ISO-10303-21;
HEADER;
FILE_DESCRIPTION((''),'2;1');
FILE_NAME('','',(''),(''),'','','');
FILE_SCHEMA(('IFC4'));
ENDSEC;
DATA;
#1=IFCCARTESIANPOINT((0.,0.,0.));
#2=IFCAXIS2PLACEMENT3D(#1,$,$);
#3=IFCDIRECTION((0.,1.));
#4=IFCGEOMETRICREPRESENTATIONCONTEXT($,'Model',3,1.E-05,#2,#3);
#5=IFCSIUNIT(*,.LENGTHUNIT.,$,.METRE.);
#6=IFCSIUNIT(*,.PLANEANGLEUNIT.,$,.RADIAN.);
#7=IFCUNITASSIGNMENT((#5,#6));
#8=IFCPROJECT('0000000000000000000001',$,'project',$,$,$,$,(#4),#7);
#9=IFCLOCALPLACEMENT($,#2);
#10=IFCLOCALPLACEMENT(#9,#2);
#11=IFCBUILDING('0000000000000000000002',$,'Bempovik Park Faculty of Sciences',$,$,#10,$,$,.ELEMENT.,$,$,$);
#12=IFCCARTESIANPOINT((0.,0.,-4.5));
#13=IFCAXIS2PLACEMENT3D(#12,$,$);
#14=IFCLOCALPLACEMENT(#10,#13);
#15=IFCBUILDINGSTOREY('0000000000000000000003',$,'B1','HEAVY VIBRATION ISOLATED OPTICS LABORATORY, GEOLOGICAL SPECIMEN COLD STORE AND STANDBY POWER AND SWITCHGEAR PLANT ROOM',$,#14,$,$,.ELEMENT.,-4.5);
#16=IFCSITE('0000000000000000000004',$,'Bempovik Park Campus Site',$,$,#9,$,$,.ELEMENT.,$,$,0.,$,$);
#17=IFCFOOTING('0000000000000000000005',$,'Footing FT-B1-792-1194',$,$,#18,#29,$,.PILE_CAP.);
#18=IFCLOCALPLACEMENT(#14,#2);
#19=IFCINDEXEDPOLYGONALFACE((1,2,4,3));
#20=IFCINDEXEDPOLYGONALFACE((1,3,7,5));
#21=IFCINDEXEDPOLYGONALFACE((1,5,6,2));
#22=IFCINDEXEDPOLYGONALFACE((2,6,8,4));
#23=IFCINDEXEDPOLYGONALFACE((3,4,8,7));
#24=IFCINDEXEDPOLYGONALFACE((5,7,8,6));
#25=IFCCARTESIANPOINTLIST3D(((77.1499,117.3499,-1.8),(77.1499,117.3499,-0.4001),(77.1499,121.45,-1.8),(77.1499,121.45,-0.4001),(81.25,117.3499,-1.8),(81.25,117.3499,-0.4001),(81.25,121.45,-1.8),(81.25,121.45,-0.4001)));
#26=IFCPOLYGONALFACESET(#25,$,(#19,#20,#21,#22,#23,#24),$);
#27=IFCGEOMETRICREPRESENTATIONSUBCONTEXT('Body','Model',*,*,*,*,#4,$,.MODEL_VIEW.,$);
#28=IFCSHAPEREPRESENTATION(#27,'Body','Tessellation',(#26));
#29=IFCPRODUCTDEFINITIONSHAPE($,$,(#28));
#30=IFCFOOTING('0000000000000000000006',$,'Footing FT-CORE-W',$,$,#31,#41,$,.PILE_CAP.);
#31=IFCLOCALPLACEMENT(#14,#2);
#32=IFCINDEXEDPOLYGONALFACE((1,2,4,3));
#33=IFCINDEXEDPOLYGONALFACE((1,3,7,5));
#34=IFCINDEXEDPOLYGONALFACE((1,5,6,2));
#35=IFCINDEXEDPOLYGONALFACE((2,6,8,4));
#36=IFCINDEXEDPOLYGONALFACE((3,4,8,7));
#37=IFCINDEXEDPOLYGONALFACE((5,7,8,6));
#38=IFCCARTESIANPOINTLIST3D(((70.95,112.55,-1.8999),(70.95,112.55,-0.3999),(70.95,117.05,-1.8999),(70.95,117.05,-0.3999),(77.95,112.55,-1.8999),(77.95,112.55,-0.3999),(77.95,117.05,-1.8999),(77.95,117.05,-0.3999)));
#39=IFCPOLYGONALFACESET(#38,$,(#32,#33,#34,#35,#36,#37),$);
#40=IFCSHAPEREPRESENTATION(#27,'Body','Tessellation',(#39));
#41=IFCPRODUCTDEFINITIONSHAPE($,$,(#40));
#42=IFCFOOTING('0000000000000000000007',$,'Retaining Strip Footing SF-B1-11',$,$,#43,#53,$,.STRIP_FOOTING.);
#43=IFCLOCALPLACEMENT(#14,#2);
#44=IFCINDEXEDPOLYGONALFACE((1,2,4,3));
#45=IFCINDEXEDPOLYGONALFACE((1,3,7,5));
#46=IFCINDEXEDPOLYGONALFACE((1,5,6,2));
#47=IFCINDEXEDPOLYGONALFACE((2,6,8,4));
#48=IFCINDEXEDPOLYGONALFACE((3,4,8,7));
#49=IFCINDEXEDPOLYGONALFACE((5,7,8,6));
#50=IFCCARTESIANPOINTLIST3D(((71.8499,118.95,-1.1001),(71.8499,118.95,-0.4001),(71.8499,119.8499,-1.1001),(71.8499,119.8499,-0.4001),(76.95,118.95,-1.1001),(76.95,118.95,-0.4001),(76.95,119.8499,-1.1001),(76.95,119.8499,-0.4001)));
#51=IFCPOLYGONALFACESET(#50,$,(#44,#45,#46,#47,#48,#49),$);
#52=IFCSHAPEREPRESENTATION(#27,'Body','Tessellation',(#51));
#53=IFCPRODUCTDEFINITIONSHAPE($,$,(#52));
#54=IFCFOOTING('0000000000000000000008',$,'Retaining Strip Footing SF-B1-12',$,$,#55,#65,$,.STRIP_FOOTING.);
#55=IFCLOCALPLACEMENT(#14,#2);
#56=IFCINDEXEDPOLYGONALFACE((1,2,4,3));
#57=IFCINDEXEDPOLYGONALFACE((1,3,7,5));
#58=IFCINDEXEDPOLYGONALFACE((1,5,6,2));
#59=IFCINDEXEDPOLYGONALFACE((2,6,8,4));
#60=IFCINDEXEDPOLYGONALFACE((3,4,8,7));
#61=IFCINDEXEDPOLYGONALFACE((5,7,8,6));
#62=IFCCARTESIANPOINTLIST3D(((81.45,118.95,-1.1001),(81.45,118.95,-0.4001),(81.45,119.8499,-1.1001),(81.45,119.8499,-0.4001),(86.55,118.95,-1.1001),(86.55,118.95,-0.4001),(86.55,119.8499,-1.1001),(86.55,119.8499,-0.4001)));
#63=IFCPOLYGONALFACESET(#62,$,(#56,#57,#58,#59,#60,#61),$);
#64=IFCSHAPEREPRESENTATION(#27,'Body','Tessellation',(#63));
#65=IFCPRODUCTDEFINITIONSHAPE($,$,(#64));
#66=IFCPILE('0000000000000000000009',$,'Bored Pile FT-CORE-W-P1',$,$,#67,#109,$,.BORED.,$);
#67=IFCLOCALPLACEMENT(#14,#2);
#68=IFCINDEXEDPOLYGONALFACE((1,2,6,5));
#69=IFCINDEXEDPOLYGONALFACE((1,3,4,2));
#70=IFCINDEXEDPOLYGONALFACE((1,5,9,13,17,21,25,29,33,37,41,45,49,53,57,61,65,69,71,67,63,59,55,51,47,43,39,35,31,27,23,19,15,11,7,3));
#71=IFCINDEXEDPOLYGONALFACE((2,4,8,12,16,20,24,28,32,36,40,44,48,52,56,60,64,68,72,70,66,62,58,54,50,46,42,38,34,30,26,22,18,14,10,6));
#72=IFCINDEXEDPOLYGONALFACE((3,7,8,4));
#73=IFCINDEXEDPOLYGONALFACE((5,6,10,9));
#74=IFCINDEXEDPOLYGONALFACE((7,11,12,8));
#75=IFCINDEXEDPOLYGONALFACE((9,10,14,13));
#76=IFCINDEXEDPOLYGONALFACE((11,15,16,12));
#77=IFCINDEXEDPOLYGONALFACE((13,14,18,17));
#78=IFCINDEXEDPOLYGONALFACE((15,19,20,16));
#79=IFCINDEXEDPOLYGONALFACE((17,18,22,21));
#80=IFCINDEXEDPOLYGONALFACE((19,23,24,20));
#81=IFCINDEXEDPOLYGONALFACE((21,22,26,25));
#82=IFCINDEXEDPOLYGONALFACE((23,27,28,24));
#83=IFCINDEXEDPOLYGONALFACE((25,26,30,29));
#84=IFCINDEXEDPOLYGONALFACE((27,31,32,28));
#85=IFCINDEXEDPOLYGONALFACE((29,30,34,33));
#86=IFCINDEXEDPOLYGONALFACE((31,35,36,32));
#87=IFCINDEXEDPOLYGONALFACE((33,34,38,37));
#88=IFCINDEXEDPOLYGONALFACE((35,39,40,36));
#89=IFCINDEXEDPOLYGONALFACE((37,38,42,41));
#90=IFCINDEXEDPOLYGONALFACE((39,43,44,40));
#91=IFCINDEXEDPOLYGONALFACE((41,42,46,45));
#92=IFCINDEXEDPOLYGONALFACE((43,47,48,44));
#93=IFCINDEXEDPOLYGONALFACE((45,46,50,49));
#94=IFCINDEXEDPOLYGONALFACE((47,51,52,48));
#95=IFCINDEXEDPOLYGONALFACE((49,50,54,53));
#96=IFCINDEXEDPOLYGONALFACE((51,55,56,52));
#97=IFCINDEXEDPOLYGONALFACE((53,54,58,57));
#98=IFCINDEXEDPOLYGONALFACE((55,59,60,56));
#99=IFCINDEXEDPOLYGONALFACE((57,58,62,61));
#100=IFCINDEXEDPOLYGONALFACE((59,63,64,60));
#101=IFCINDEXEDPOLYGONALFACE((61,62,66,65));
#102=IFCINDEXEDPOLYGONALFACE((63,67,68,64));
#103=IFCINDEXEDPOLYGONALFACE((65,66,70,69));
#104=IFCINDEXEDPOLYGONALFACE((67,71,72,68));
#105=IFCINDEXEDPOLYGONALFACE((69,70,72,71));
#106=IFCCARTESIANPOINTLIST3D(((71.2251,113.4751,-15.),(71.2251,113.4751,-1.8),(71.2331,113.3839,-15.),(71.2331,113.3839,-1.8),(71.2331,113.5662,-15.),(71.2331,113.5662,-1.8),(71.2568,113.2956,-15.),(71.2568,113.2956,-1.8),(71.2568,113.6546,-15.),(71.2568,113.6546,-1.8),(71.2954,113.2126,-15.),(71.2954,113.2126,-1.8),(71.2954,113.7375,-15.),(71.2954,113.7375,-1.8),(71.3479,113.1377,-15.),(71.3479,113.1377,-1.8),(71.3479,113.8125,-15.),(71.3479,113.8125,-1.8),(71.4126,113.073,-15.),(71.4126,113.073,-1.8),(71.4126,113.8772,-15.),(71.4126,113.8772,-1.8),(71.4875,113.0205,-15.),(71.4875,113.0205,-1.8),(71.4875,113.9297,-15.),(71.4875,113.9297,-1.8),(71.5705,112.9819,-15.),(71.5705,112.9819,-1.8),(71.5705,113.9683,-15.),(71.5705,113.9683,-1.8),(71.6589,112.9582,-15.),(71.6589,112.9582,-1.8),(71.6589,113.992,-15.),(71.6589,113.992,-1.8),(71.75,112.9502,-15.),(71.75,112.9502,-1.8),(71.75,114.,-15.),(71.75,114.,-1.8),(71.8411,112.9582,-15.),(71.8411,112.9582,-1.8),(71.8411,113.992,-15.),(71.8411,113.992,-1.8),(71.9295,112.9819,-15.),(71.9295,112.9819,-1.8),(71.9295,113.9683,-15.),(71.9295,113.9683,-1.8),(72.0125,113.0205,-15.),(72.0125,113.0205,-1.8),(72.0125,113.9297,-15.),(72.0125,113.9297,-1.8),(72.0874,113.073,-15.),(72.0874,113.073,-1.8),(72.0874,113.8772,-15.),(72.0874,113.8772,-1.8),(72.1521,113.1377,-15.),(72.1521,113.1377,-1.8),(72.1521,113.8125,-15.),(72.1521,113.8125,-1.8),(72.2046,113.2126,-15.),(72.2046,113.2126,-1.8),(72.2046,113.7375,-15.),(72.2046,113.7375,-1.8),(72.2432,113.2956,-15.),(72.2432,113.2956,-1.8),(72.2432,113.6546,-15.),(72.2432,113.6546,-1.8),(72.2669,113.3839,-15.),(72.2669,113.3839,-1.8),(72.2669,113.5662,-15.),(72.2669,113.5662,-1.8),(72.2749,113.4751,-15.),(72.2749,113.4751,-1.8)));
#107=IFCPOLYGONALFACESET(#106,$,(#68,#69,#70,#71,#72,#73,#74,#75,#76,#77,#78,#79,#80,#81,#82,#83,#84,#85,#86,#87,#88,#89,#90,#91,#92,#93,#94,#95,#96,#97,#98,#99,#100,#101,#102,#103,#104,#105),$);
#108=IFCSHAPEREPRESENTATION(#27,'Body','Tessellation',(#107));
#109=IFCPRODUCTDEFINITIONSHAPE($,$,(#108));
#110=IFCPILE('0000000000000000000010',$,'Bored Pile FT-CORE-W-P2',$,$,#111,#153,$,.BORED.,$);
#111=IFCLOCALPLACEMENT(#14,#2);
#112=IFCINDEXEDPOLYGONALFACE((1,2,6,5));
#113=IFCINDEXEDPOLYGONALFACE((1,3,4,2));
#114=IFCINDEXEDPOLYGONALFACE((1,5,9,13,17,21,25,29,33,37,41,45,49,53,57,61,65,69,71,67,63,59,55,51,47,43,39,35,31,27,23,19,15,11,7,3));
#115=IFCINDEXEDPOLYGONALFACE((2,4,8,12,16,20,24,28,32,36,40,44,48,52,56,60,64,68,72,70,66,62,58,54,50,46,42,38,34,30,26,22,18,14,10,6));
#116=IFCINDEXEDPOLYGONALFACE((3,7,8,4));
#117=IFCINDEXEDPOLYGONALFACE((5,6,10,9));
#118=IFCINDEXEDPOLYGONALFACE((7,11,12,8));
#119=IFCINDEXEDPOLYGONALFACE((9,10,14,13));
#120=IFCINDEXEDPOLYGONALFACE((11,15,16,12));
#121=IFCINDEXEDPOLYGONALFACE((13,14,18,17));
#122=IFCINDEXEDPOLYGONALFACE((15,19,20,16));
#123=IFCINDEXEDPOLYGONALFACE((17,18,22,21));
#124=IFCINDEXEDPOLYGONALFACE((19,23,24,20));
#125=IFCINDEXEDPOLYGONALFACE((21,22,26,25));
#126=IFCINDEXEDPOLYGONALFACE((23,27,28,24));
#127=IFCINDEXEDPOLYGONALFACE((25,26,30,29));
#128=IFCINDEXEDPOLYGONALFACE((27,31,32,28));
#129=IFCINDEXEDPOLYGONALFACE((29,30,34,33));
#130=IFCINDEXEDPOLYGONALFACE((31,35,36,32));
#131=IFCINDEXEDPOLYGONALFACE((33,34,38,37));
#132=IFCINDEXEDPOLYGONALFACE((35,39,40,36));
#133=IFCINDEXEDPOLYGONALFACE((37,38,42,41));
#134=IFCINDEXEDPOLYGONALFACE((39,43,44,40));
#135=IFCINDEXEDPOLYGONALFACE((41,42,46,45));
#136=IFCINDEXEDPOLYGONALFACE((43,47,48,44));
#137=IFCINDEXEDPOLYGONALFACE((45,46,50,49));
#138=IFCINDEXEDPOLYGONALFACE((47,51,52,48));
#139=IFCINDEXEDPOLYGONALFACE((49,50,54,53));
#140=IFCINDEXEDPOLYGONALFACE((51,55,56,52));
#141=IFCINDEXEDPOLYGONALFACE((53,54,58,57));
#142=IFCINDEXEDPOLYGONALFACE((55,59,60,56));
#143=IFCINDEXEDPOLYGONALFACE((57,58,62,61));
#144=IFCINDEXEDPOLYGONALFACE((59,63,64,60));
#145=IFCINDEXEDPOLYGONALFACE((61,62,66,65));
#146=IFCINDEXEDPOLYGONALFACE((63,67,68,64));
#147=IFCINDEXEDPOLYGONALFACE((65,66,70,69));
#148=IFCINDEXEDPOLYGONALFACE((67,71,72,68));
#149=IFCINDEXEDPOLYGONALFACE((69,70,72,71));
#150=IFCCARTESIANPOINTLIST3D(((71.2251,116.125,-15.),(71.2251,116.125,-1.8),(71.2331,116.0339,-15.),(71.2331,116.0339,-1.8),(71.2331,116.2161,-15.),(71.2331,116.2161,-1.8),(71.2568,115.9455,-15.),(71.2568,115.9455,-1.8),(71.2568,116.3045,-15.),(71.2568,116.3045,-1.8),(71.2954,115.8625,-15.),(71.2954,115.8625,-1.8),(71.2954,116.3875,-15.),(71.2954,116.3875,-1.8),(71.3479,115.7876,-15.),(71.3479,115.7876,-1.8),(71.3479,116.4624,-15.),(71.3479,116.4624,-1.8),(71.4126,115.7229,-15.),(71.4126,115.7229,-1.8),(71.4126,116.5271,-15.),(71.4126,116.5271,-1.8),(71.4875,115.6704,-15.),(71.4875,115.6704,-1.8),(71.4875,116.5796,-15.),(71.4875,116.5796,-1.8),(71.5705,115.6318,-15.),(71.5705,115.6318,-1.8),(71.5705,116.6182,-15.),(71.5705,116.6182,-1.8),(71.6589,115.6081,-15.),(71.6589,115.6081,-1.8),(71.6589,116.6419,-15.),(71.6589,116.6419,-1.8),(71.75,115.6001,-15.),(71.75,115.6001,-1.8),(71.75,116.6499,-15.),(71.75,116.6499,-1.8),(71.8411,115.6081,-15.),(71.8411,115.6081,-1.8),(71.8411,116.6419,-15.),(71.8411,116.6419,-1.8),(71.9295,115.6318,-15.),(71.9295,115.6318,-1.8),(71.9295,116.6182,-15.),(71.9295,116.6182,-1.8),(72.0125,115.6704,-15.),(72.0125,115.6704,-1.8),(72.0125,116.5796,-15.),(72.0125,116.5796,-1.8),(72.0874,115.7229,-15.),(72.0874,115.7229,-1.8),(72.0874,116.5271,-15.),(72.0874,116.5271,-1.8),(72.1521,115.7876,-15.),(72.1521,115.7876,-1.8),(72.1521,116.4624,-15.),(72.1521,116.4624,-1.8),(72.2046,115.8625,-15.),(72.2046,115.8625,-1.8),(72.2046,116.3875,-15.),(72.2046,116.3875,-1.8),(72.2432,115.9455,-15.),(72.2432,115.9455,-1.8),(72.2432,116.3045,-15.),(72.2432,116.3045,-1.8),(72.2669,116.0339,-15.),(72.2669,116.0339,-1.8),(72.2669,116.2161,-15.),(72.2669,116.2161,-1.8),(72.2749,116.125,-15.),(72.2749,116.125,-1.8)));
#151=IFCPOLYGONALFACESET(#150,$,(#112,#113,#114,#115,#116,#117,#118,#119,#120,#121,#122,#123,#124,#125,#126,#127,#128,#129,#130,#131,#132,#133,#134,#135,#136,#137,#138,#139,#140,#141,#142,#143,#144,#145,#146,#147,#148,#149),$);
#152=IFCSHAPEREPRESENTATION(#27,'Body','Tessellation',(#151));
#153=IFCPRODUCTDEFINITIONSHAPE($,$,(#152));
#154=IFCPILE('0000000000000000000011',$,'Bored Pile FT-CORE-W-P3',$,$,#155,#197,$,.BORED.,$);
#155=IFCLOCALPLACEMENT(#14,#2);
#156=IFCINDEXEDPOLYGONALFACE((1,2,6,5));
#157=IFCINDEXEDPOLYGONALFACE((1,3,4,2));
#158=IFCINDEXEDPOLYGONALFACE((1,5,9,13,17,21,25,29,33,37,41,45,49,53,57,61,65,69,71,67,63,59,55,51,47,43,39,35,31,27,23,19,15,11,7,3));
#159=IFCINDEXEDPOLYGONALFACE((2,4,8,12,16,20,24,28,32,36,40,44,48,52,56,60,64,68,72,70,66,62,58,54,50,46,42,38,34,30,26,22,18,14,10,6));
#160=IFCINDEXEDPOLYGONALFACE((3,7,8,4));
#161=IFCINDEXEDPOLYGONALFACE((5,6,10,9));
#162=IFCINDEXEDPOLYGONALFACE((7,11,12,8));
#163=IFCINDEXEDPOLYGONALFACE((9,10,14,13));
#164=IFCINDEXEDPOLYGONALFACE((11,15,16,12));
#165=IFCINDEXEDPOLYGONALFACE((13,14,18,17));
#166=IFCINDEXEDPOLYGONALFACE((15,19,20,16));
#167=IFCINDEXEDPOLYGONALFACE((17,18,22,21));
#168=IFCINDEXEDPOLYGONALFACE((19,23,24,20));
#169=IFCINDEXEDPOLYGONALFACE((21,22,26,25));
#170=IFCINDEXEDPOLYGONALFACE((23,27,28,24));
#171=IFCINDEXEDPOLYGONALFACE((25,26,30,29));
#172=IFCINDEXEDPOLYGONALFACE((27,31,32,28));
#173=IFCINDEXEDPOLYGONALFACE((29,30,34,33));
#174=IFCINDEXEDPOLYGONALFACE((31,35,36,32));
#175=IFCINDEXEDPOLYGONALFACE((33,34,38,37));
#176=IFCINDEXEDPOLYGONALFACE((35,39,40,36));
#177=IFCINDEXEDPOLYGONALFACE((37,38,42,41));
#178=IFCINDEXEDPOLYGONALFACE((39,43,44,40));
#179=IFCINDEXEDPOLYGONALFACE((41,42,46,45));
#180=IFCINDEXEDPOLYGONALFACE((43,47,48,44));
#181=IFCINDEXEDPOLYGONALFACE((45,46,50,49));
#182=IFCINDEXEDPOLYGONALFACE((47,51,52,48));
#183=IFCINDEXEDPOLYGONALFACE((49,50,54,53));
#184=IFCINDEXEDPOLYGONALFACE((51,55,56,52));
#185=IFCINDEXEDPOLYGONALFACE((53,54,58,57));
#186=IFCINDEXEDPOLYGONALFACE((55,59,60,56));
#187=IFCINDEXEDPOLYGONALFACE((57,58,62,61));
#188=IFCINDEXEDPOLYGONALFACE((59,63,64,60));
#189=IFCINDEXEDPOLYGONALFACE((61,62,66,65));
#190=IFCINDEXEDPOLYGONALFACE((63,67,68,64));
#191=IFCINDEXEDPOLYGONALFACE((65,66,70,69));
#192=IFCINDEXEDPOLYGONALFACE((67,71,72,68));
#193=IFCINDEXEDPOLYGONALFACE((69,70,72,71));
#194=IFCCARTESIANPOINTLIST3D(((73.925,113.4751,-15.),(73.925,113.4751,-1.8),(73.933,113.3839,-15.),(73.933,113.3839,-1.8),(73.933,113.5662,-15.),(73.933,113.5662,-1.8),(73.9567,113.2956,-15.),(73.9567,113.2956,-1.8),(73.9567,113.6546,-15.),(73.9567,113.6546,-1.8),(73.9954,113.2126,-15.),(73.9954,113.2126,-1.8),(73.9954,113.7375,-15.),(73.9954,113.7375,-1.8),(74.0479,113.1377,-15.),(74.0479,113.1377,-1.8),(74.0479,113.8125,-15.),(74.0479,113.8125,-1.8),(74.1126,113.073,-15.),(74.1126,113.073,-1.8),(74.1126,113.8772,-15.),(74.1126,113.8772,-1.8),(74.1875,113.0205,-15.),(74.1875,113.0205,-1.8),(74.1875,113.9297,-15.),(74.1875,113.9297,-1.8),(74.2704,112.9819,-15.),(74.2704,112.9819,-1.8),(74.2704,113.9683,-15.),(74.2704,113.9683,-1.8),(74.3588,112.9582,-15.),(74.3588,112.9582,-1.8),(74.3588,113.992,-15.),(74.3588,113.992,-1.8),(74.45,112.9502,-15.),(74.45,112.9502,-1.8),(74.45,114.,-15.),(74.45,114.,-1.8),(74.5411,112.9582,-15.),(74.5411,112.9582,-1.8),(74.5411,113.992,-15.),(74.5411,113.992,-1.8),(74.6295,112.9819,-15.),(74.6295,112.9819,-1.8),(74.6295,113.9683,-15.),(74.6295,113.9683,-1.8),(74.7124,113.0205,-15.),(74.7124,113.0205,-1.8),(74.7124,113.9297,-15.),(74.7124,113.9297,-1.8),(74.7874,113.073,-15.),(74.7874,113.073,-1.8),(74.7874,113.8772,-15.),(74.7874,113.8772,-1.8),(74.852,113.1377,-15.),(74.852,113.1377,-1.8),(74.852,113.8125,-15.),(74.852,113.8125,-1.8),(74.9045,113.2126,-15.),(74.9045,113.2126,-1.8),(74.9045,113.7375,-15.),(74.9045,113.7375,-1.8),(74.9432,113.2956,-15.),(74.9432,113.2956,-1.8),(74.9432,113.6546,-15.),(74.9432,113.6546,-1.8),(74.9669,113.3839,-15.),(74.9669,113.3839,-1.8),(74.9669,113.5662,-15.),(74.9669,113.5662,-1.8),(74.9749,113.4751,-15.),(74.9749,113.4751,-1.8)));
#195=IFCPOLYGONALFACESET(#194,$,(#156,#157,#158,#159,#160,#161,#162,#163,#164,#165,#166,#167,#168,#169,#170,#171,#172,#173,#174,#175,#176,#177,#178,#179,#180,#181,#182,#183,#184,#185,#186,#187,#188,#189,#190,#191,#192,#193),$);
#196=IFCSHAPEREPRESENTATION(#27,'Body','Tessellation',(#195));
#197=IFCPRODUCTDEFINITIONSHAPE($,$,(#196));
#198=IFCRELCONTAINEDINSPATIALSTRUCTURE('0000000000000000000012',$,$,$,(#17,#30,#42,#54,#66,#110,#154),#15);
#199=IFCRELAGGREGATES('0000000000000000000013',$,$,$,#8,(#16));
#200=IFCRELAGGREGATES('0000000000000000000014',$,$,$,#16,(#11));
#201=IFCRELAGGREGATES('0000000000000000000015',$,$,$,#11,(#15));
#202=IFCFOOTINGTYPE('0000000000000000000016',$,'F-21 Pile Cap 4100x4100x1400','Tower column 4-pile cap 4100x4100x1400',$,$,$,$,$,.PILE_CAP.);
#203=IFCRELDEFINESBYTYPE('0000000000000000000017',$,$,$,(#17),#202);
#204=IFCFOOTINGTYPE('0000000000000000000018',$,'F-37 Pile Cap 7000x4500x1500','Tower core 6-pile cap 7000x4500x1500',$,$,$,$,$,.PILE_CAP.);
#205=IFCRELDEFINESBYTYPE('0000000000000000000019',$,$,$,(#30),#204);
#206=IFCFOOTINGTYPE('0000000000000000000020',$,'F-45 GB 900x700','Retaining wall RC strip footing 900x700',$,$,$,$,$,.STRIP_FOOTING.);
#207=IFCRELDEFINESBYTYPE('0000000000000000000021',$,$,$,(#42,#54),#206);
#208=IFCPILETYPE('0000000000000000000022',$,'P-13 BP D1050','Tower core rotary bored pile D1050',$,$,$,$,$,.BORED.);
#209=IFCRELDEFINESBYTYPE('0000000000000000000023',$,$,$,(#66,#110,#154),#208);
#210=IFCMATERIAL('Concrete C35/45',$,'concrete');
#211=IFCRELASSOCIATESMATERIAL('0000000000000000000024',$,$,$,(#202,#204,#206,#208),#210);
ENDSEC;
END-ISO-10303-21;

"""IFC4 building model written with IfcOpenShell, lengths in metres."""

from ifc_helpers import new_model, si_unit, direction, frame, origin, origin_2d, place, context, subcontext, project, spatial, rectangle, circle, extrude, material, material_profile, profile_set, type_object, element, save


model = new_model("IFC4")

# Units and contexts
model_context = context("Model", 3, precision=1e-05, world=origin(), true_north=direction((0.0, 1.0)))
body_context = subcontext(model_context, "Body", "Model", "MODEL_VIEW")
ifc_project = project(units=[si_unit("LENGTHUNIT", "METRE"), si_unit("PLANEANGLEUNIT", "RADIAN")], contexts=[model_context])

# Site, building, storey
site_placement = place(None, origin())
site = spatial("IfcSite", under=ifc_project, at=site_placement, Name="Bempovik Park Campus Site", CompositionType="ELEMENT", RefElevation=0.0)
building_placement = place(site_placement, origin())
building = spatial("IfcBuilding", under=site, at=building_placement, Name="Bempovik Park Faculty of Sciences", CompositionType="ELEMENT")
storey_placement = place(building_placement, frame((0.0, 0.0, -4.5)))
storey = spatial("IfcBuildingStorey", under=building, at=storey_placement, Name="B1", Description="HEAVY VIBRATION ISOLATED OPTICS LABORATORY, GEOLOGICAL SPECIMEN COLD STORE AND STANDBY POWER AND SWITCHGEAR PLANT ROOM", CompositionType="ELEMENT", Elevation=-4.5)

# Footings
ifc_material_1 = material(Name="Concrete C35/45", Category="concrete")
footing_type_1 = type_object("IfcFootingType", Name="F-21 Pile Cap 4100x4100x1400", Description="Tower column 4-pile cap 4100x4100x1400", PredefinedType="PILE_CAP", material=ifc_material_1)
footing_1_placement = place(storey_placement, frame((79.2, 119.3999, -1.8), z_axis=(0.0, 0.0, 1.0), x_axis=(1.0, 0.0, 0.0)))
element("IfcFooting", 1, at=footing_1_placement, inside=storey, type_object=footing_type_1, Name="Footing FT-B1-792-1194", PredefinedType="PILE_CAP", context=body_context, shape_type="SweptSolid", body=[
    extrude(rectangle(XDim=4.1001, YDim=4.1001, at=origin_2d()), origin(), (0.0, 0.0, 1.0), 1.3999),
])
footing_type_2 = type_object("IfcFootingType", Name="F-37 Pile Cap 7000x4500x1500", Description="Tower core 6-pile cap 7000x4500x1500", PredefinedType="PILE_CAP", material=ifc_material_1)
footing_2_placement = place(storey_placement, frame((74.45, 114.8, -1.8999), z_axis=(0.0, 0.0, 1.0), x_axis=(1.0, 0.0, 0.0)))
element("IfcFooting", 2, at=footing_2_placement, inside=storey, type_object=footing_type_2, Name="Footing FT-CORE-W", PredefinedType="PILE_CAP", context=body_context, shape_type="SweptSolid", body=[
    extrude(rectangle(XDim=7.0, YDim=4.5, at=origin_2d()), origin(), (0.0, 0.0, 1.0), 1.5),
])
footing_type_3 = type_object("IfcFootingType", Name="F-45 GB 900x700", Description="Retaining wall RC strip footing 900x700", PredefinedType="STRIP_FOOTING", material=ifc_material_1)
for number, where, z_axis, x_axis, name in (
    (3, (74.3999, 119.3999, -1.1001), (0.0, 0.0, 1.0), (1.0, 0.0, 0.0), "Retaining Strip Footing SF-B1-11"),
    (4, (84.0, 119.3999, -1.1001), (0.0, 0.0, 1.0), (1.0, 0.0, 0.0), "Retaining Strip Footing SF-B1-12"),
):
    element("IfcFooting", number, at=place(storey_placement, frame(where, z_axis=z_axis, x_axis=x_axis)), inside=storey, type_object=footing_type_3, Name=name, PredefinedType="STRIP_FOOTING", context=body_context, shape_type="SweptSolid", body=[
        extrude(rectangle(XDim=5.1001, YDim=0.8999, at=origin_2d()), origin(), (0.0, 0.0, 1.0), 0.7),
    ])

# Piles
ifc_material_profile_1 = material_profile(ifc_material_1, circle(Radius=0.5249, at=origin_2d()), Name="BP D1050")
ifc_profile_set_1 = profile_set([ifc_material_profile_1], Name="Concrete C35/45")
pile_type_1 = type_object("IfcPileType", Name="P-13 BP D1050", Description="Tower core rotary bored pile D1050", PredefinedType="BORED", material=ifc_profile_set_1)
for number, where, z_axis, x_axis, name in (
    (5, (71.75, 113.4751, -1.8), (0.0, 0.0, -1.0), (1.0, 0.0, 0.0), "Bored Pile FT-CORE-W-P1"),
    (6, (71.75, 116.125, -1.8), (0.0, 0.0, -1.0), (1.0, 0.0, 0.0), "Bored Pile FT-CORE-W-P2"),
    (7, (74.45, 113.4751, -1.8), (0.0, 0.0, -1.0), (1.0, 0.0, 0.0), "Bored Pile FT-CORE-W-P3"),
):
    element("IfcPile", number, at=place(storey_placement, frame(where, z_axis=z_axis, x_axis=x_axis)), inside=storey, type_object=pile_type_1, Name=name, PredefinedType="BORED", context=body_context, shape_type="SweptSolid", body=[
        extrude(circle(Radius=0.5249, at=origin_2d()), origin(), (0.0, 0.0, 1.0), 13.2),
    ])

save(model, "model.ifc")
